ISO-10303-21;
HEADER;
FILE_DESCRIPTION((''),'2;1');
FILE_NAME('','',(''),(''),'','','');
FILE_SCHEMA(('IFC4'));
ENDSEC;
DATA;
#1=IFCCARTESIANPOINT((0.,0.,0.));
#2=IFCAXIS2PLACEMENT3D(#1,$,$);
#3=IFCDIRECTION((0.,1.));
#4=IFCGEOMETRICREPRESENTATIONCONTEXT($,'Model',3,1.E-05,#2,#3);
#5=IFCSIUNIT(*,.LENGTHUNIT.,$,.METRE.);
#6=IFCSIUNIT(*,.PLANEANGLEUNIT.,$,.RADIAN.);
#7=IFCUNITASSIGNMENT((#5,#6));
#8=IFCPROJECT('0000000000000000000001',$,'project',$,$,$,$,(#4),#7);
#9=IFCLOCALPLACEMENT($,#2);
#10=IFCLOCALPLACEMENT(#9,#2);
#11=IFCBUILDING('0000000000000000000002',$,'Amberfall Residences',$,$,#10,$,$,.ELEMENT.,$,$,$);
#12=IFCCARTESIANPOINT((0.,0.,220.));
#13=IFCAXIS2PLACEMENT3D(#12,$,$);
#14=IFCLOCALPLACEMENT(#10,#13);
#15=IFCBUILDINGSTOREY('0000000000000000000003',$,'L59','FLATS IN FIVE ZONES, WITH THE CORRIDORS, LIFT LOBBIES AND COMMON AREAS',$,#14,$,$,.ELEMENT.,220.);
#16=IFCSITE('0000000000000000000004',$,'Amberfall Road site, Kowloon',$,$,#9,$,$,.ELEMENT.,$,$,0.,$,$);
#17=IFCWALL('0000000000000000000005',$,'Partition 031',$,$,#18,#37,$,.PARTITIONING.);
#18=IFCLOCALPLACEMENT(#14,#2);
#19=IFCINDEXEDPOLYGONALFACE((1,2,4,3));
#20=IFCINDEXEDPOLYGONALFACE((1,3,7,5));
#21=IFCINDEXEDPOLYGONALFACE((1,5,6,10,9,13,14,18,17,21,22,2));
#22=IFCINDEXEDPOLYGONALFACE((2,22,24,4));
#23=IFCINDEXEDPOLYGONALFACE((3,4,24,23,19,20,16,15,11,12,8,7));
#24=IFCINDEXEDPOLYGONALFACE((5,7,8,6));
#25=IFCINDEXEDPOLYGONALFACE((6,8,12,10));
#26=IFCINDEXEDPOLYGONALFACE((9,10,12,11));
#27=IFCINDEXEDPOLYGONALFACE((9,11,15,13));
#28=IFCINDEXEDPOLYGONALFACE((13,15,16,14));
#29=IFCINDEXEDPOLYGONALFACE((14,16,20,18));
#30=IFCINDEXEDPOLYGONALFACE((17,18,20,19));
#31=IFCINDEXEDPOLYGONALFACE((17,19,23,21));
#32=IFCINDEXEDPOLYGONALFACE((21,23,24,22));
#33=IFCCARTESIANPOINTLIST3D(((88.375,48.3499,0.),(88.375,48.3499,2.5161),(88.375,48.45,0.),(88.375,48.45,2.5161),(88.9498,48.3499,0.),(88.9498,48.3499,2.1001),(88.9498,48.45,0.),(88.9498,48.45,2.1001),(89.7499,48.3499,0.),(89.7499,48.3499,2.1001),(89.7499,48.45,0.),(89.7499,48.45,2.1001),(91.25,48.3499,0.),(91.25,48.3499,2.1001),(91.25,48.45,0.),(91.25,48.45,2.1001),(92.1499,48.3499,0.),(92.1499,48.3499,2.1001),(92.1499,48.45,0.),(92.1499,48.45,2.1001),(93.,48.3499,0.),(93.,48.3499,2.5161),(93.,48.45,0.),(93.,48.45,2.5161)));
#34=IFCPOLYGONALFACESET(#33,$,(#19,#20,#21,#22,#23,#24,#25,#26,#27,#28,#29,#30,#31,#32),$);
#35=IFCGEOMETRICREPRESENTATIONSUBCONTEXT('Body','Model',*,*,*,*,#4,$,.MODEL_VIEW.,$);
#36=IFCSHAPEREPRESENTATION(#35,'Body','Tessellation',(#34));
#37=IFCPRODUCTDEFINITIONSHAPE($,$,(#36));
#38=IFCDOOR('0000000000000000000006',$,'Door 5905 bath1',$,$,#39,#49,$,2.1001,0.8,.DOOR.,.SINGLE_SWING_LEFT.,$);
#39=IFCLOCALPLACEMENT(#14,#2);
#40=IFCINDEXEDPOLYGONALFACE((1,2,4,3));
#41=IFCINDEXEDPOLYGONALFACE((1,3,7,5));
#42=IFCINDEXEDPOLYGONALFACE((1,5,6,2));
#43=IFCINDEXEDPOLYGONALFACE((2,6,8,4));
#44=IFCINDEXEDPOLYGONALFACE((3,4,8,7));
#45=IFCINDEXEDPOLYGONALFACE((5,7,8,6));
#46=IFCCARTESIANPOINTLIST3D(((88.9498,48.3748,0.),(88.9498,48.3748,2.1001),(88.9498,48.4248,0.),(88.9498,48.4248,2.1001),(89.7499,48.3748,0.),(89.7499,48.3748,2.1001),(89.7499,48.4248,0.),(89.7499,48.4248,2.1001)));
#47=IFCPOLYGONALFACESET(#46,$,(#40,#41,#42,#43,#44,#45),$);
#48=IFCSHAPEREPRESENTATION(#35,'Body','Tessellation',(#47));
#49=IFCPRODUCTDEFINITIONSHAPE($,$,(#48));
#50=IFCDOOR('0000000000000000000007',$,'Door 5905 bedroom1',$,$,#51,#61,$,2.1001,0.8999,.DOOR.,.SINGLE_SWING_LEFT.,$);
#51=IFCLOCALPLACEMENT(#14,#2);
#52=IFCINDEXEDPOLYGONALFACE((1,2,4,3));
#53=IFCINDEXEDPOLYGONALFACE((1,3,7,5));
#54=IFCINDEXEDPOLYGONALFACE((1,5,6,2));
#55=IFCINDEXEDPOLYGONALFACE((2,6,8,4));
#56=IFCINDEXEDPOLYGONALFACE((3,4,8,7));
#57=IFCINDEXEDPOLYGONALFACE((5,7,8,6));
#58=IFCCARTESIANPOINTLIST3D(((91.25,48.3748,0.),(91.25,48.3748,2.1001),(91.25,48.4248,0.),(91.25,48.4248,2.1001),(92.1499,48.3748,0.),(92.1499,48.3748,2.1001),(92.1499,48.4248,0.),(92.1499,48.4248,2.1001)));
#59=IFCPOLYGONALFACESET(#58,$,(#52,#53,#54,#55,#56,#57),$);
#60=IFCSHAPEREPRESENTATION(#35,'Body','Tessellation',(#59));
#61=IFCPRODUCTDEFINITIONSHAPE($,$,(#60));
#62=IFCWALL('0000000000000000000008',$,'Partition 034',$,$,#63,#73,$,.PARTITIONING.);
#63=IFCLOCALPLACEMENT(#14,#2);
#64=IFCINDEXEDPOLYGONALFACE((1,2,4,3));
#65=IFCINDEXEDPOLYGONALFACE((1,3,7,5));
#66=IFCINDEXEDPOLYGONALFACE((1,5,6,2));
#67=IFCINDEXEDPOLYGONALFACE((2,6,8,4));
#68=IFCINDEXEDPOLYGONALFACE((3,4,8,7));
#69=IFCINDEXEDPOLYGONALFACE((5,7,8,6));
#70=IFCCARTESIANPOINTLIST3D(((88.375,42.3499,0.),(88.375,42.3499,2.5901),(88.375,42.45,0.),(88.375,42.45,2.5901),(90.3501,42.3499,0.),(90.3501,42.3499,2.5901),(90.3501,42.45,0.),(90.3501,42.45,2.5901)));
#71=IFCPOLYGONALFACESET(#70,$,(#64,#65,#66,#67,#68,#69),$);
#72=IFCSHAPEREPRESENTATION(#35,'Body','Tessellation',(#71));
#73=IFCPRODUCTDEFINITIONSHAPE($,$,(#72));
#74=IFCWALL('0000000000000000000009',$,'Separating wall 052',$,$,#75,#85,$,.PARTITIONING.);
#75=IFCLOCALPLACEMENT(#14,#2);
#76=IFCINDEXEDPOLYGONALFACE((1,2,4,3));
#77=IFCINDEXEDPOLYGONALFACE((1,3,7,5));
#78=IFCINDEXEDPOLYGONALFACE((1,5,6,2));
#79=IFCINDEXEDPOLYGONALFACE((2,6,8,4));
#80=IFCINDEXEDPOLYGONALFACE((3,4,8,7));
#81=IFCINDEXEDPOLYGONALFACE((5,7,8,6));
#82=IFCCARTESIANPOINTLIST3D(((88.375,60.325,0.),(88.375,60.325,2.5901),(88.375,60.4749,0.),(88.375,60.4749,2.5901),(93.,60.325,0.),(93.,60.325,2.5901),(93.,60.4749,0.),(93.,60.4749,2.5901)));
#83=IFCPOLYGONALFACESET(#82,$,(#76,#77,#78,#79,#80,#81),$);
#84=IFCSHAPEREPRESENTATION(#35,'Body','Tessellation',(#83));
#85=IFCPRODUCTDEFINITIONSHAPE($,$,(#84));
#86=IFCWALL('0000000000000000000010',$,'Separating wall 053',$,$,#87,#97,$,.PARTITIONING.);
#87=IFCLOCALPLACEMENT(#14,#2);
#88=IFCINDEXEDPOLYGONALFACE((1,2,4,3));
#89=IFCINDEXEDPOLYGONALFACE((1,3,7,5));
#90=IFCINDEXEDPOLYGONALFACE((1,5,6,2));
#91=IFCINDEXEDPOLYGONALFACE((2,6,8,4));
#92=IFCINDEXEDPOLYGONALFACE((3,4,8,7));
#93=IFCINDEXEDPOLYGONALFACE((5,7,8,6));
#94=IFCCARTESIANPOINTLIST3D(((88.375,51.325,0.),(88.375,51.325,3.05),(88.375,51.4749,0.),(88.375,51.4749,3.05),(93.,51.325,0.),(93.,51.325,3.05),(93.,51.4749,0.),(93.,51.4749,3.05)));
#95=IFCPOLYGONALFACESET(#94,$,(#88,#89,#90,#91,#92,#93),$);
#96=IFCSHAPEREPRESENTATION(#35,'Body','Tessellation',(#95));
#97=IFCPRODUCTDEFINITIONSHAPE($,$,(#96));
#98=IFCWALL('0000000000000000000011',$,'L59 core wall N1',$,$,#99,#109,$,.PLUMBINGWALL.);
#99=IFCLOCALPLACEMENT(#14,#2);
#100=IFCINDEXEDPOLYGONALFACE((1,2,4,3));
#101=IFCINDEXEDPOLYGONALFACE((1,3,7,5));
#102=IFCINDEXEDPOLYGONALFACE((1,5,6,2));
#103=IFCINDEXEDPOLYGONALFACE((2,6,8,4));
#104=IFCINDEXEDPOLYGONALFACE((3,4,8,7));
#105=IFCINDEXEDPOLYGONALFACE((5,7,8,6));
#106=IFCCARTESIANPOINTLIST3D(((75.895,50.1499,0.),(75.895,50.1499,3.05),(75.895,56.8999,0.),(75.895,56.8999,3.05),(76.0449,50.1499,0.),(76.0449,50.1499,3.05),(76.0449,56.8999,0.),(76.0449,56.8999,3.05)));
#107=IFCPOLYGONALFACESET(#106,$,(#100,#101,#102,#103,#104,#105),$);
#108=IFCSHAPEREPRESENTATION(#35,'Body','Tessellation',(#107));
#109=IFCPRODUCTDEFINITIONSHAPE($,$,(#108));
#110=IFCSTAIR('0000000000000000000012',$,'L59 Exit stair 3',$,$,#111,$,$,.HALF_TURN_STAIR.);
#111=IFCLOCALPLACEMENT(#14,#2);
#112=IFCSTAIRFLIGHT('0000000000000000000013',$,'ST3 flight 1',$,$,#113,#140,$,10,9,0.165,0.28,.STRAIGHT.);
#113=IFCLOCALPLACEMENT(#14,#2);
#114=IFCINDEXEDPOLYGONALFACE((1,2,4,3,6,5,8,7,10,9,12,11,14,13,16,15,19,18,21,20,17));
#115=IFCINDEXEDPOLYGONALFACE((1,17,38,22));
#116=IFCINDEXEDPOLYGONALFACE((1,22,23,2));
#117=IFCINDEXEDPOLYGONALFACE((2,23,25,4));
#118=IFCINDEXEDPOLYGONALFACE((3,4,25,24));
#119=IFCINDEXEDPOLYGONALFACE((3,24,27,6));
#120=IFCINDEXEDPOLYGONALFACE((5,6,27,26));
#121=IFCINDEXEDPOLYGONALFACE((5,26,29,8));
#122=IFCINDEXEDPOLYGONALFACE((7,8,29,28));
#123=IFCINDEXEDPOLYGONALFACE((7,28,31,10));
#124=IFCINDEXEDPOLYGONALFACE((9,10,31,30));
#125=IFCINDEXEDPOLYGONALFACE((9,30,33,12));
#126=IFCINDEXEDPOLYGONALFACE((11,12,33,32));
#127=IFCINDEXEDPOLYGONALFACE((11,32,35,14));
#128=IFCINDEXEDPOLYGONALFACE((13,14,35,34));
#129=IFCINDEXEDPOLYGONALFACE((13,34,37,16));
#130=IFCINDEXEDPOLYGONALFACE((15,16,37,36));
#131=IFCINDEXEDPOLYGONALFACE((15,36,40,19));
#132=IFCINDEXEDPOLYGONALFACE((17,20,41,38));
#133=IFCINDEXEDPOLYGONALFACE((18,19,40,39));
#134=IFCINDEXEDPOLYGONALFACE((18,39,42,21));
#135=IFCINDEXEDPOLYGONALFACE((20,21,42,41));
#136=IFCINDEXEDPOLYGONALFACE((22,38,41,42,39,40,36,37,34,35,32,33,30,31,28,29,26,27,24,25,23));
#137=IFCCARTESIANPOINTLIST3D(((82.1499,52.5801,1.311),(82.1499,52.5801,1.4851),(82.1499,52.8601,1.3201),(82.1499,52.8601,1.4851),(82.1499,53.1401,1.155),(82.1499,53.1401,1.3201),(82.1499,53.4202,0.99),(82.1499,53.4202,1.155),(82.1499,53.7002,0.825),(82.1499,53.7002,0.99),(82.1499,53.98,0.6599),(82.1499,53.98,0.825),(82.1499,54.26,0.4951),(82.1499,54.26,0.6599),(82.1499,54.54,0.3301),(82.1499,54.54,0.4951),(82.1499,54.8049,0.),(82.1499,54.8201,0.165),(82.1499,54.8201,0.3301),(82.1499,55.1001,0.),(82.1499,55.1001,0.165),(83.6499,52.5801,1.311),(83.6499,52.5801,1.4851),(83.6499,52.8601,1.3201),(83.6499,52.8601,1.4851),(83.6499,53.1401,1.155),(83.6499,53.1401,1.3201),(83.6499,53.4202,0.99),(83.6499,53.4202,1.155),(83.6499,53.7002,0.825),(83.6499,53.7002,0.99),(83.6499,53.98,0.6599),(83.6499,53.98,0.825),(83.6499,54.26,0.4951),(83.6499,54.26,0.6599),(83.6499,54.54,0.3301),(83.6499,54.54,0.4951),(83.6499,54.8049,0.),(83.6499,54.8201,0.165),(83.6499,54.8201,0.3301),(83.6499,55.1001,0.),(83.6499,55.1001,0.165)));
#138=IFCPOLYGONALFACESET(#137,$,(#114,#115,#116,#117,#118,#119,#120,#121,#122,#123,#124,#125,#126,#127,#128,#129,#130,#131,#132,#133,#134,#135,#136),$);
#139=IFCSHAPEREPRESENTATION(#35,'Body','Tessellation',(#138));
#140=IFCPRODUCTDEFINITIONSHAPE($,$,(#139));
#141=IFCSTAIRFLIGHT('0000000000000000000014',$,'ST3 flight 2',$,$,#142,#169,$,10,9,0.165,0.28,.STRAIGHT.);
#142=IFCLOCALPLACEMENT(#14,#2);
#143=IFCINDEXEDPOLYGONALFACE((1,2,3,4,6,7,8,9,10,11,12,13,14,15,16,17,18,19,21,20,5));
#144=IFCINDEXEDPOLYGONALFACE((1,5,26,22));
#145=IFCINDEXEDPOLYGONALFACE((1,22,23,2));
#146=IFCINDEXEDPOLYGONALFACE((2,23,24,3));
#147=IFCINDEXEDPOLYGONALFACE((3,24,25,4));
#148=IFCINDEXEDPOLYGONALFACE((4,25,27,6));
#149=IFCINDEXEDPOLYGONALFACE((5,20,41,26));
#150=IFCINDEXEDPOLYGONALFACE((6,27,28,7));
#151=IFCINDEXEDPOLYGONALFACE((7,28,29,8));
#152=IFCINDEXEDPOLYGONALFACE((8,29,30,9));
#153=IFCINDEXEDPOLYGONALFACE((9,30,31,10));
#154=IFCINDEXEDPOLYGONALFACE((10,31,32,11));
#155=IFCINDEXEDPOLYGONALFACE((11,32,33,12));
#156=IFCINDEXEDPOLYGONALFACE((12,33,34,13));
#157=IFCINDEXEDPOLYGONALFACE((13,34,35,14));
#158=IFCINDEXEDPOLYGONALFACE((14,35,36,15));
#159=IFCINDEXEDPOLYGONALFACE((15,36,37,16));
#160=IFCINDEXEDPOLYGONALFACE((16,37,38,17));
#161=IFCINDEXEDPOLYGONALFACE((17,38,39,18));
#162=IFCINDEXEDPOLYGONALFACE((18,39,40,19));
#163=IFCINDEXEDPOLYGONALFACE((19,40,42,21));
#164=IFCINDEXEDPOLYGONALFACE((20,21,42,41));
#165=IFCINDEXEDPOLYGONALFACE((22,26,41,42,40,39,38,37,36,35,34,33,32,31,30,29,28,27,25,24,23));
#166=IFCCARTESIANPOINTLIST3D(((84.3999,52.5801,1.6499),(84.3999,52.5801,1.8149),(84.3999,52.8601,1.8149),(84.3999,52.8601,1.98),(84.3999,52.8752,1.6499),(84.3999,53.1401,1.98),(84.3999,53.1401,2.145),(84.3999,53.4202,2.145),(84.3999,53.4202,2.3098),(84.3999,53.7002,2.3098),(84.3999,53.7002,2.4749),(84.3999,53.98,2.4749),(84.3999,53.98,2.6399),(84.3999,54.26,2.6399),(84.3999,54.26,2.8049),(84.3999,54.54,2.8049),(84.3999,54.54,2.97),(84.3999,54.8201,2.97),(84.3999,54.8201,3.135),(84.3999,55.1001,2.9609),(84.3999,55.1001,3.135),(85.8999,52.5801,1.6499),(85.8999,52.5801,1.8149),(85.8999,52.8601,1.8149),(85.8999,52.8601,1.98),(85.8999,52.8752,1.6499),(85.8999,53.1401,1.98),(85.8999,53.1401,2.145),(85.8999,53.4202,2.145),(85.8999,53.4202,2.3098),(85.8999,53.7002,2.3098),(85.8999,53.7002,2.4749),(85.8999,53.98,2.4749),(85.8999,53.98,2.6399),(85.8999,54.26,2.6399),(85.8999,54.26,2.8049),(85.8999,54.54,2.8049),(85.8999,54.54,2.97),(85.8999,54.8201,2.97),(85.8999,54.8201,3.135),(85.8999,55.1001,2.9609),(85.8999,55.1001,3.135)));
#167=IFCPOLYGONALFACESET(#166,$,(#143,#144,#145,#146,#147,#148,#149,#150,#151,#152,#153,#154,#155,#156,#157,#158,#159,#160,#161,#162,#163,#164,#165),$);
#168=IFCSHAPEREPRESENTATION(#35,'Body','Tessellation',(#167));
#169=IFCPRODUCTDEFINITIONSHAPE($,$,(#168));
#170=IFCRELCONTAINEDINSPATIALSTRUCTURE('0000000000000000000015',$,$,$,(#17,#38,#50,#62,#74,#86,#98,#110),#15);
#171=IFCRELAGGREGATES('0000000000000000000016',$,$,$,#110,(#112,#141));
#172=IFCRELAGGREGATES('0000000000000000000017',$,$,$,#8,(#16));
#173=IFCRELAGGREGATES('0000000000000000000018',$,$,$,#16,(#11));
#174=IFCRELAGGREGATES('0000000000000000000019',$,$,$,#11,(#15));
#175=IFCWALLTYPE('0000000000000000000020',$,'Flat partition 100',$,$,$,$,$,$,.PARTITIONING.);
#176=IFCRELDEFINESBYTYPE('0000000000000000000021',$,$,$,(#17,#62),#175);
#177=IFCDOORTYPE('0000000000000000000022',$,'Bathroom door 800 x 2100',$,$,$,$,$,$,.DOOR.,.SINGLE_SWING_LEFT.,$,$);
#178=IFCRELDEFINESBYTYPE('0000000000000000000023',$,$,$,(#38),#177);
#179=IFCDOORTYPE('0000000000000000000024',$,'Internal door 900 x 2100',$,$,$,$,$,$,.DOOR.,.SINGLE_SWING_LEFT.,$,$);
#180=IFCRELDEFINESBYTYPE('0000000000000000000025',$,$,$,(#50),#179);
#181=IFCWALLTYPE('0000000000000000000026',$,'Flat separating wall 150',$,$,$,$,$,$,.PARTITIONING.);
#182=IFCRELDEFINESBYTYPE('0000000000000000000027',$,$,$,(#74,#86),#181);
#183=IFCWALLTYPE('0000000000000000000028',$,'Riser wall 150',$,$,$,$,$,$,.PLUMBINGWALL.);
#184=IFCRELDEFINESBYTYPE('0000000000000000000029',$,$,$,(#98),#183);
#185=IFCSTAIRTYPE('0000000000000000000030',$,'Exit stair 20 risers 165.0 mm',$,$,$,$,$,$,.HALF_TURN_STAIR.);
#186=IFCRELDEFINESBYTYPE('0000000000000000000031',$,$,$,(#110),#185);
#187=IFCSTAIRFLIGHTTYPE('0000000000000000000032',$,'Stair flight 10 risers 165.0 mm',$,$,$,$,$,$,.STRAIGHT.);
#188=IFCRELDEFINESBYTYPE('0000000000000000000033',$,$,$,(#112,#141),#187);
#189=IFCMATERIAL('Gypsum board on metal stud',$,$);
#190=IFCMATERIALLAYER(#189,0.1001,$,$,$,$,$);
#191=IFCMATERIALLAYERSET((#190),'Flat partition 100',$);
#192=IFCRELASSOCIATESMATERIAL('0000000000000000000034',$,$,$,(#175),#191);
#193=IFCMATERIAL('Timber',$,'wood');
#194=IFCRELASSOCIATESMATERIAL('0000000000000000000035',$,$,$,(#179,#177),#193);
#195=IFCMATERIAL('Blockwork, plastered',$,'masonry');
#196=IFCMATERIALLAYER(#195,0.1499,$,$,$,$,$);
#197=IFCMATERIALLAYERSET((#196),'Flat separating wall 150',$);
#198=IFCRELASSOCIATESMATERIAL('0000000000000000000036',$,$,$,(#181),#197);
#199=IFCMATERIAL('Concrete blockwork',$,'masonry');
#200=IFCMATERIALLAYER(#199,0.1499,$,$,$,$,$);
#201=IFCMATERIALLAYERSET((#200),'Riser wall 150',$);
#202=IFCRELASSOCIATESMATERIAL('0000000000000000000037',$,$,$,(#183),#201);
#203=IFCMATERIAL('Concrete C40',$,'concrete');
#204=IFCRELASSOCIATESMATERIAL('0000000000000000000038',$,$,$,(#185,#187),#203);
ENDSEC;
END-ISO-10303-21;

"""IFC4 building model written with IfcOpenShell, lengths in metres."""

from ifc_helpers import new_model, si_unit, direction, frame, frame_2d, origin, place, context, subcontext, project, spatial, polyline, rectangle, outline, extrude, material, layer, layer_set, type_object, element, fill, aggregate, save


model = new_model("IFC4")

# Units and contexts
model_context = context("Model", 3, precision=1e-05, world=origin(), true_north=direction((0.0, 1.0)))
body_context = subcontext(model_context, "Body", "Model", "MODEL_VIEW")
ifc_project = project(units=[si_unit("LENGTHUNIT", "METRE"), si_unit("PLANEANGLEUNIT", "RADIAN")], contexts=[model_context])

# Site, building, storey
site_placement = place(None, origin())
site = spatial("IfcSite", under=ifc_project, at=site_placement, Name="Amberfall Road site, Kowloon", CompositionType="ELEMENT", RefElevation=0.0)
building_placement = place(site_placement, origin())
building = spatial("IfcBuilding", under=site, at=building_placement, Name="Amberfall Residences", CompositionType="ELEMENT")
storey_placement = place(building_placement, frame((0.0, 0.0, 220.0)))
storey = spatial("IfcBuildingStorey", under=building, at=storey_placement, Name="L59", Description="FLATS IN FIVE ZONES, WITH THE CORRIDORS, LIFT LOBBIES AND COMMON AREAS", CompositionType="ELEMENT", Elevation=220.0)

# Shared definitions
ifc_material_1 = material(Name="Gypsum board on metal stud")
ifc_layer_1 = layer(ifc_material_1, 0.1001)
ifc_layer_set_1 = layer_set([ifc_layer_1], Name="Flat partition 100")
wall_type_1 = type_object("IfcWallType", Name="Flat partition 100", PredefinedType="PARTITIONING", material=ifc_layer_set_1)
ifc_material_2 = material(Name="Timber", Category="wood")
door_type_1 = type_object("IfcDoorType", Name="Internal door 900 x 2100", OperationType="SINGLE_SWING_LEFT", PredefinedType="DOOR", material=ifc_material_2)

# Shared definitions
door_type_2 = type_object("IfcDoorType", Name="Bathroom door 800 x 2100", OperationType="SINGLE_SWING_LEFT", PredefinedType="DOOR", material=ifc_material_2)

# Wall, openings, doors
wall_1_placement = place(storey_placement, frame((88.375, 48.3999, 0.0), z_axis=(0.0, 0.0, 1.0), x_axis=(1.0, 0.0, 0.0)))
wall_1 = element("IfcWall", 1, at=wall_1_placement, inside=storey, type_object=wall_type_1, Name="Partition 031", PredefinedType="PARTITIONING", context=body_context, shape_type="SweptSolid", body=[
    extrude(rectangle(XDim=4.625, YDim=0.1001, at=frame_2d((2.3125, 0.0))), origin(), (0.0, 0.0, 1.0), 2.5161),
])
opening_1_placement = place(wall_1_placement, frame((2.875, 0.0, 0.0)))
opening_1 = element("IfcOpeningElement", 2, at=opening_1_placement, cuts=wall_1, PredefinedType="OPENING", context=body_context, shape_type="SweptSolid", body=[
    extrude(rectangle(XDim=0.8999, YDim=2.1001, at=frame_2d((0.45, 1.05))), frame((0.0, 0.0601, 0.0), z_axis=(0.0, -1.0, 0.0), x_axis=(1.0, 0.0, 0.0)), (0.0, 0.0, 1.0), 0.1201),
])
opening_2_placement = place(wall_1_placement, frame((0.575, 0.0, 0.0)))
opening_2 = element("IfcOpeningElement", 3, at=opening_2_placement, cuts=wall_1, PredefinedType="OPENING", context=body_context, shape_type="SweptSolid", body=[
    extrude(rectangle(XDim=0.8, YDim=2.1001, at=frame_2d((0.3999, 1.05))), frame((0.0, 0.0601, 0.0), z_axis=(0.0, -1.0, 0.0), x_axis=(1.0, 0.0, 0.0)), (0.0, 0.0, 1.0), 0.1201),
])
door_1_placement = place(opening_2_placement, origin())
door_1 = element("IfcDoor", 4, at=door_1_placement, inside=storey, type_object=door_type_2, Name="Door 5905 bath1", OperationType="SINGLE_SWING_LEFT", OverallHeight=2.1001, OverallWidth=0.8, PredefinedType="DOOR", context=body_context, shape_type="SweptSolid", body=[
    extrude(rectangle(XDim=0.8, YDim=2.1001, at=frame_2d((0.3999, 1.05))), frame((0.0, 0.0249, 0.0), z_axis=(0.0, -1.0, 0.0), x_axis=(1.0, 0.0, 0.0)), (0.0, 0.0, 1.0), 0.05),
])
fill(opening_2, door_1)
door_2_placement = place(opening_1_placement, origin())
door_2 = element("IfcDoor", 5, at=door_2_placement, inside=storey, type_object=door_type_1, Name="Door 5905 bedroom1", OperationType="SINGLE_SWING_LEFT", OverallHeight=2.1001, OverallWidth=0.8999, PredefinedType="DOOR", context=body_context, shape_type="SweptSolid", body=[
    extrude(rectangle(XDim=0.8999, YDim=2.1001, at=frame_2d((0.45, 1.05))), frame((0.0, 0.0249, 0.0), z_axis=(0.0, -1.0, 0.0), x_axis=(1.0, 0.0, 0.0)), (0.0, 0.0, 1.0), 0.05),
])
fill(opening_1, door_2)

# Walls
wall_2_placement = place(storey_placement, frame((88.375, 42.3999, 0.0), z_axis=(0.0, 0.0, 1.0), x_axis=(1.0, 0.0, 0.0)))
element("IfcWall", 6, at=wall_2_placement, inside=storey, type_object=wall_type_1, Name="Partition 034", PredefinedType="PARTITIONING", context=body_context, shape_type="SweptSolid", body=[
    extrude(rectangle(XDim=1.9751, YDim=0.1001, at=frame_2d((0.9875, 0.0))), origin(), (0.0, 0.0, 1.0), 2.5901),
])
ifc_material_3 = material(Name="Blockwork, plastered", Category="masonry")
ifc_layer_2 = layer(ifc_material_3, 0.1499)
ifc_layer_set_2 = layer_set([ifc_layer_2], Name="Flat separating wall 150")
wall_type_2 = type_object("IfcWallType", Name="Flat separating wall 150", PredefinedType="PARTITIONING", material=ifc_layer_set_2)
wall_3_placement = place(storey_placement, frame((88.375, 60.3999, 0.0), z_axis=(0.0, 0.0, 1.0), x_axis=(1.0, 0.0, 0.0)))
element("IfcWall", 7, at=wall_3_placement, inside=storey, type_object=wall_type_2, Name="Separating wall 052", PredefinedType="PARTITIONING", context=body_context, shape_type="SweptSolid", body=[
    extrude(rectangle(XDim=4.625, YDim=0.1499, at=frame_2d((2.3125, 0.0))), origin(), (0.0, 0.0, 1.0), 2.5901),
])
wall_4_placement = place(storey_placement, frame((88.375, 51.3999, 0.0), z_axis=(0.0, 0.0, 1.0), x_axis=(1.0, 0.0, 0.0)))
element("IfcWall", 8, at=wall_4_placement, inside=storey, type_object=wall_type_2, Name="Separating wall 053", PredefinedType="PARTITIONING", context=body_context, shape_type="SweptSolid", body=[
    extrude(rectangle(XDim=4.625, YDim=0.1499, at=frame_2d((2.3125, 0.0))), origin(), (0.0, 0.0, 1.0), 3.05),
])
ifc_material_4 = material(Name="Concrete blockwork", Category="masonry")
ifc_layer_3 = layer(ifc_material_4, 0.1499)
ifc_layer_set_3 = layer_set([ifc_layer_3], Name="Riser wall 150")
wall_type_3 = type_object("IfcWallType", Name="Riser wall 150", PredefinedType="PLUMBINGWALL", material=ifc_layer_set_3)
wall_5_placement = place(storey_placement, frame((75.97, 50.1499, 0.0), z_axis=(0.0, 0.0, 1.0), x_axis=(0.0, 1.0, 0.0)))
element("IfcWall", 9, at=wall_5_placement, inside=storey, type_object=wall_type_3, Name="L59 core wall N1", PredefinedType="PLUMBINGWALL", context=body_context, shape_type="SweptSolid", body=[
    extrude(rectangle(XDim=6.75, YDim=0.1499, at=frame_2d((3.375, 0.0))), origin(), (0.0, 0.0, 1.0), 3.05),
])

# Stair, stair flights
ifc_material_5 = material(Name="Concrete C40", Category="concrete")
stair_type = type_object("IfcStairType", Name="Exit stair 20 risers 165.0 mm", PredefinedType="HALF_TURN_STAIR", material=ifc_material_5)
stair_placement = place(storey_placement, origin())
stair = element("IfcStair", 10, at=stair_placement, inside=storey, type_object=stair_type, Name="L59 Exit stair 3", PredefinedType="HALF_TURN_STAIR")
stair_flight_type = type_object("IfcStairFlightType", Name="Stair flight 10 risers 165.0 mm", PredefinedType="STRAIGHT", material=ifc_material_5)
stair_flight_1_placement = place(storey_placement, frame((82.8999, 55.1001, 0.0), z_axis=(0.0, 0.0, 1.0), x_axis=(0.0, -1.0, 0.0)))
stair_flight_1 = element("IfcStairFlight", 11, at=stair_flight_1_placement, type_object=stair_flight_type, Name="ST3 flight 1", NumberOfRisers=10, NumberOfTreads=9, PredefinedType="STRAIGHT", RiserHeight=0.165, TreadLength=0.28, context=body_context, shape_type="SweptSolid", body=[
    extrude(outline(polyline([(0.0, 0.0), (0.0, 0.165), (0.28, 0.165), (0.28, 0.3301), (0.5601, 0.3301), (0.5601, 0.4951), (0.8401, 0.4951), (0.8401, 0.6599), (1.1201, 0.6599), (1.1201, 0.825), (1.3999, 0.825), (1.3999, 0.99), (1.6799, 0.99), (1.6799, 1.155), (1.96, 1.155), (1.96, 1.3201), (2.24, 1.3201), (2.24, 1.4851), (2.52, 1.4851), (2.52, 1.6499), (2.52, 1.311), (0.2952, 0.0), (0.0, 0.0)])), frame((0.0, 0.75, 0.0), z_axis=(0.0, -1.0, 0.0), x_axis=(1.0, 0.0, 0.0)), (0.0, 0.0, 1.0), 1.5),
])
stair_flight_2_placement = place(storey_placement, frame((85.1499, 52.5801, 1.6499), z_axis=(0.0, 0.0, 1.0), x_axis=(0.0, 1.0, 0.0)))
stair_flight_2 = element("IfcStairFlight", 12, at=stair_flight_2_placement, type_object=stair_flight_type, Name="ST3 flight 2", NumberOfRisers=10, NumberOfTreads=9, PredefinedType="STRAIGHT", RiserHeight=0.165, TreadLength=0.28, context=body_context, shape_type="SweptSolid", body=[
    extrude(outline(polyline([(0.0, 0.0), (0.0, 0.165), (0.28, 0.165), (0.28, 0.3301), (0.5601, 0.3301), (0.5601, 0.4951), (0.8401, 0.4951), (0.8401, 0.6599), (1.1201, 0.6599), (1.1201, 0.825), (1.3999, 0.825), (1.3999, 0.99), (1.6799, 0.99), (1.6799, 1.155), (1.96, 1.155), (1.96, 1.3201), (2.24, 1.3201), (2.24, 1.4851), (2.52, 1.4851), (2.52, 1.6499), (2.52, 1.311), (0.2952, 0.0), (0.0, 0.0)])), frame((0.0, 0.75, 0.0), z_axis=(0.0, -1.0, 0.0), x_axis=(1.0, 0.0, 0.0)), (0.0, 0.0, 1.0), 1.5),
])
aggregate(stair, [stair_flight_1, stair_flight_2])

save(model, "model.ifc")
